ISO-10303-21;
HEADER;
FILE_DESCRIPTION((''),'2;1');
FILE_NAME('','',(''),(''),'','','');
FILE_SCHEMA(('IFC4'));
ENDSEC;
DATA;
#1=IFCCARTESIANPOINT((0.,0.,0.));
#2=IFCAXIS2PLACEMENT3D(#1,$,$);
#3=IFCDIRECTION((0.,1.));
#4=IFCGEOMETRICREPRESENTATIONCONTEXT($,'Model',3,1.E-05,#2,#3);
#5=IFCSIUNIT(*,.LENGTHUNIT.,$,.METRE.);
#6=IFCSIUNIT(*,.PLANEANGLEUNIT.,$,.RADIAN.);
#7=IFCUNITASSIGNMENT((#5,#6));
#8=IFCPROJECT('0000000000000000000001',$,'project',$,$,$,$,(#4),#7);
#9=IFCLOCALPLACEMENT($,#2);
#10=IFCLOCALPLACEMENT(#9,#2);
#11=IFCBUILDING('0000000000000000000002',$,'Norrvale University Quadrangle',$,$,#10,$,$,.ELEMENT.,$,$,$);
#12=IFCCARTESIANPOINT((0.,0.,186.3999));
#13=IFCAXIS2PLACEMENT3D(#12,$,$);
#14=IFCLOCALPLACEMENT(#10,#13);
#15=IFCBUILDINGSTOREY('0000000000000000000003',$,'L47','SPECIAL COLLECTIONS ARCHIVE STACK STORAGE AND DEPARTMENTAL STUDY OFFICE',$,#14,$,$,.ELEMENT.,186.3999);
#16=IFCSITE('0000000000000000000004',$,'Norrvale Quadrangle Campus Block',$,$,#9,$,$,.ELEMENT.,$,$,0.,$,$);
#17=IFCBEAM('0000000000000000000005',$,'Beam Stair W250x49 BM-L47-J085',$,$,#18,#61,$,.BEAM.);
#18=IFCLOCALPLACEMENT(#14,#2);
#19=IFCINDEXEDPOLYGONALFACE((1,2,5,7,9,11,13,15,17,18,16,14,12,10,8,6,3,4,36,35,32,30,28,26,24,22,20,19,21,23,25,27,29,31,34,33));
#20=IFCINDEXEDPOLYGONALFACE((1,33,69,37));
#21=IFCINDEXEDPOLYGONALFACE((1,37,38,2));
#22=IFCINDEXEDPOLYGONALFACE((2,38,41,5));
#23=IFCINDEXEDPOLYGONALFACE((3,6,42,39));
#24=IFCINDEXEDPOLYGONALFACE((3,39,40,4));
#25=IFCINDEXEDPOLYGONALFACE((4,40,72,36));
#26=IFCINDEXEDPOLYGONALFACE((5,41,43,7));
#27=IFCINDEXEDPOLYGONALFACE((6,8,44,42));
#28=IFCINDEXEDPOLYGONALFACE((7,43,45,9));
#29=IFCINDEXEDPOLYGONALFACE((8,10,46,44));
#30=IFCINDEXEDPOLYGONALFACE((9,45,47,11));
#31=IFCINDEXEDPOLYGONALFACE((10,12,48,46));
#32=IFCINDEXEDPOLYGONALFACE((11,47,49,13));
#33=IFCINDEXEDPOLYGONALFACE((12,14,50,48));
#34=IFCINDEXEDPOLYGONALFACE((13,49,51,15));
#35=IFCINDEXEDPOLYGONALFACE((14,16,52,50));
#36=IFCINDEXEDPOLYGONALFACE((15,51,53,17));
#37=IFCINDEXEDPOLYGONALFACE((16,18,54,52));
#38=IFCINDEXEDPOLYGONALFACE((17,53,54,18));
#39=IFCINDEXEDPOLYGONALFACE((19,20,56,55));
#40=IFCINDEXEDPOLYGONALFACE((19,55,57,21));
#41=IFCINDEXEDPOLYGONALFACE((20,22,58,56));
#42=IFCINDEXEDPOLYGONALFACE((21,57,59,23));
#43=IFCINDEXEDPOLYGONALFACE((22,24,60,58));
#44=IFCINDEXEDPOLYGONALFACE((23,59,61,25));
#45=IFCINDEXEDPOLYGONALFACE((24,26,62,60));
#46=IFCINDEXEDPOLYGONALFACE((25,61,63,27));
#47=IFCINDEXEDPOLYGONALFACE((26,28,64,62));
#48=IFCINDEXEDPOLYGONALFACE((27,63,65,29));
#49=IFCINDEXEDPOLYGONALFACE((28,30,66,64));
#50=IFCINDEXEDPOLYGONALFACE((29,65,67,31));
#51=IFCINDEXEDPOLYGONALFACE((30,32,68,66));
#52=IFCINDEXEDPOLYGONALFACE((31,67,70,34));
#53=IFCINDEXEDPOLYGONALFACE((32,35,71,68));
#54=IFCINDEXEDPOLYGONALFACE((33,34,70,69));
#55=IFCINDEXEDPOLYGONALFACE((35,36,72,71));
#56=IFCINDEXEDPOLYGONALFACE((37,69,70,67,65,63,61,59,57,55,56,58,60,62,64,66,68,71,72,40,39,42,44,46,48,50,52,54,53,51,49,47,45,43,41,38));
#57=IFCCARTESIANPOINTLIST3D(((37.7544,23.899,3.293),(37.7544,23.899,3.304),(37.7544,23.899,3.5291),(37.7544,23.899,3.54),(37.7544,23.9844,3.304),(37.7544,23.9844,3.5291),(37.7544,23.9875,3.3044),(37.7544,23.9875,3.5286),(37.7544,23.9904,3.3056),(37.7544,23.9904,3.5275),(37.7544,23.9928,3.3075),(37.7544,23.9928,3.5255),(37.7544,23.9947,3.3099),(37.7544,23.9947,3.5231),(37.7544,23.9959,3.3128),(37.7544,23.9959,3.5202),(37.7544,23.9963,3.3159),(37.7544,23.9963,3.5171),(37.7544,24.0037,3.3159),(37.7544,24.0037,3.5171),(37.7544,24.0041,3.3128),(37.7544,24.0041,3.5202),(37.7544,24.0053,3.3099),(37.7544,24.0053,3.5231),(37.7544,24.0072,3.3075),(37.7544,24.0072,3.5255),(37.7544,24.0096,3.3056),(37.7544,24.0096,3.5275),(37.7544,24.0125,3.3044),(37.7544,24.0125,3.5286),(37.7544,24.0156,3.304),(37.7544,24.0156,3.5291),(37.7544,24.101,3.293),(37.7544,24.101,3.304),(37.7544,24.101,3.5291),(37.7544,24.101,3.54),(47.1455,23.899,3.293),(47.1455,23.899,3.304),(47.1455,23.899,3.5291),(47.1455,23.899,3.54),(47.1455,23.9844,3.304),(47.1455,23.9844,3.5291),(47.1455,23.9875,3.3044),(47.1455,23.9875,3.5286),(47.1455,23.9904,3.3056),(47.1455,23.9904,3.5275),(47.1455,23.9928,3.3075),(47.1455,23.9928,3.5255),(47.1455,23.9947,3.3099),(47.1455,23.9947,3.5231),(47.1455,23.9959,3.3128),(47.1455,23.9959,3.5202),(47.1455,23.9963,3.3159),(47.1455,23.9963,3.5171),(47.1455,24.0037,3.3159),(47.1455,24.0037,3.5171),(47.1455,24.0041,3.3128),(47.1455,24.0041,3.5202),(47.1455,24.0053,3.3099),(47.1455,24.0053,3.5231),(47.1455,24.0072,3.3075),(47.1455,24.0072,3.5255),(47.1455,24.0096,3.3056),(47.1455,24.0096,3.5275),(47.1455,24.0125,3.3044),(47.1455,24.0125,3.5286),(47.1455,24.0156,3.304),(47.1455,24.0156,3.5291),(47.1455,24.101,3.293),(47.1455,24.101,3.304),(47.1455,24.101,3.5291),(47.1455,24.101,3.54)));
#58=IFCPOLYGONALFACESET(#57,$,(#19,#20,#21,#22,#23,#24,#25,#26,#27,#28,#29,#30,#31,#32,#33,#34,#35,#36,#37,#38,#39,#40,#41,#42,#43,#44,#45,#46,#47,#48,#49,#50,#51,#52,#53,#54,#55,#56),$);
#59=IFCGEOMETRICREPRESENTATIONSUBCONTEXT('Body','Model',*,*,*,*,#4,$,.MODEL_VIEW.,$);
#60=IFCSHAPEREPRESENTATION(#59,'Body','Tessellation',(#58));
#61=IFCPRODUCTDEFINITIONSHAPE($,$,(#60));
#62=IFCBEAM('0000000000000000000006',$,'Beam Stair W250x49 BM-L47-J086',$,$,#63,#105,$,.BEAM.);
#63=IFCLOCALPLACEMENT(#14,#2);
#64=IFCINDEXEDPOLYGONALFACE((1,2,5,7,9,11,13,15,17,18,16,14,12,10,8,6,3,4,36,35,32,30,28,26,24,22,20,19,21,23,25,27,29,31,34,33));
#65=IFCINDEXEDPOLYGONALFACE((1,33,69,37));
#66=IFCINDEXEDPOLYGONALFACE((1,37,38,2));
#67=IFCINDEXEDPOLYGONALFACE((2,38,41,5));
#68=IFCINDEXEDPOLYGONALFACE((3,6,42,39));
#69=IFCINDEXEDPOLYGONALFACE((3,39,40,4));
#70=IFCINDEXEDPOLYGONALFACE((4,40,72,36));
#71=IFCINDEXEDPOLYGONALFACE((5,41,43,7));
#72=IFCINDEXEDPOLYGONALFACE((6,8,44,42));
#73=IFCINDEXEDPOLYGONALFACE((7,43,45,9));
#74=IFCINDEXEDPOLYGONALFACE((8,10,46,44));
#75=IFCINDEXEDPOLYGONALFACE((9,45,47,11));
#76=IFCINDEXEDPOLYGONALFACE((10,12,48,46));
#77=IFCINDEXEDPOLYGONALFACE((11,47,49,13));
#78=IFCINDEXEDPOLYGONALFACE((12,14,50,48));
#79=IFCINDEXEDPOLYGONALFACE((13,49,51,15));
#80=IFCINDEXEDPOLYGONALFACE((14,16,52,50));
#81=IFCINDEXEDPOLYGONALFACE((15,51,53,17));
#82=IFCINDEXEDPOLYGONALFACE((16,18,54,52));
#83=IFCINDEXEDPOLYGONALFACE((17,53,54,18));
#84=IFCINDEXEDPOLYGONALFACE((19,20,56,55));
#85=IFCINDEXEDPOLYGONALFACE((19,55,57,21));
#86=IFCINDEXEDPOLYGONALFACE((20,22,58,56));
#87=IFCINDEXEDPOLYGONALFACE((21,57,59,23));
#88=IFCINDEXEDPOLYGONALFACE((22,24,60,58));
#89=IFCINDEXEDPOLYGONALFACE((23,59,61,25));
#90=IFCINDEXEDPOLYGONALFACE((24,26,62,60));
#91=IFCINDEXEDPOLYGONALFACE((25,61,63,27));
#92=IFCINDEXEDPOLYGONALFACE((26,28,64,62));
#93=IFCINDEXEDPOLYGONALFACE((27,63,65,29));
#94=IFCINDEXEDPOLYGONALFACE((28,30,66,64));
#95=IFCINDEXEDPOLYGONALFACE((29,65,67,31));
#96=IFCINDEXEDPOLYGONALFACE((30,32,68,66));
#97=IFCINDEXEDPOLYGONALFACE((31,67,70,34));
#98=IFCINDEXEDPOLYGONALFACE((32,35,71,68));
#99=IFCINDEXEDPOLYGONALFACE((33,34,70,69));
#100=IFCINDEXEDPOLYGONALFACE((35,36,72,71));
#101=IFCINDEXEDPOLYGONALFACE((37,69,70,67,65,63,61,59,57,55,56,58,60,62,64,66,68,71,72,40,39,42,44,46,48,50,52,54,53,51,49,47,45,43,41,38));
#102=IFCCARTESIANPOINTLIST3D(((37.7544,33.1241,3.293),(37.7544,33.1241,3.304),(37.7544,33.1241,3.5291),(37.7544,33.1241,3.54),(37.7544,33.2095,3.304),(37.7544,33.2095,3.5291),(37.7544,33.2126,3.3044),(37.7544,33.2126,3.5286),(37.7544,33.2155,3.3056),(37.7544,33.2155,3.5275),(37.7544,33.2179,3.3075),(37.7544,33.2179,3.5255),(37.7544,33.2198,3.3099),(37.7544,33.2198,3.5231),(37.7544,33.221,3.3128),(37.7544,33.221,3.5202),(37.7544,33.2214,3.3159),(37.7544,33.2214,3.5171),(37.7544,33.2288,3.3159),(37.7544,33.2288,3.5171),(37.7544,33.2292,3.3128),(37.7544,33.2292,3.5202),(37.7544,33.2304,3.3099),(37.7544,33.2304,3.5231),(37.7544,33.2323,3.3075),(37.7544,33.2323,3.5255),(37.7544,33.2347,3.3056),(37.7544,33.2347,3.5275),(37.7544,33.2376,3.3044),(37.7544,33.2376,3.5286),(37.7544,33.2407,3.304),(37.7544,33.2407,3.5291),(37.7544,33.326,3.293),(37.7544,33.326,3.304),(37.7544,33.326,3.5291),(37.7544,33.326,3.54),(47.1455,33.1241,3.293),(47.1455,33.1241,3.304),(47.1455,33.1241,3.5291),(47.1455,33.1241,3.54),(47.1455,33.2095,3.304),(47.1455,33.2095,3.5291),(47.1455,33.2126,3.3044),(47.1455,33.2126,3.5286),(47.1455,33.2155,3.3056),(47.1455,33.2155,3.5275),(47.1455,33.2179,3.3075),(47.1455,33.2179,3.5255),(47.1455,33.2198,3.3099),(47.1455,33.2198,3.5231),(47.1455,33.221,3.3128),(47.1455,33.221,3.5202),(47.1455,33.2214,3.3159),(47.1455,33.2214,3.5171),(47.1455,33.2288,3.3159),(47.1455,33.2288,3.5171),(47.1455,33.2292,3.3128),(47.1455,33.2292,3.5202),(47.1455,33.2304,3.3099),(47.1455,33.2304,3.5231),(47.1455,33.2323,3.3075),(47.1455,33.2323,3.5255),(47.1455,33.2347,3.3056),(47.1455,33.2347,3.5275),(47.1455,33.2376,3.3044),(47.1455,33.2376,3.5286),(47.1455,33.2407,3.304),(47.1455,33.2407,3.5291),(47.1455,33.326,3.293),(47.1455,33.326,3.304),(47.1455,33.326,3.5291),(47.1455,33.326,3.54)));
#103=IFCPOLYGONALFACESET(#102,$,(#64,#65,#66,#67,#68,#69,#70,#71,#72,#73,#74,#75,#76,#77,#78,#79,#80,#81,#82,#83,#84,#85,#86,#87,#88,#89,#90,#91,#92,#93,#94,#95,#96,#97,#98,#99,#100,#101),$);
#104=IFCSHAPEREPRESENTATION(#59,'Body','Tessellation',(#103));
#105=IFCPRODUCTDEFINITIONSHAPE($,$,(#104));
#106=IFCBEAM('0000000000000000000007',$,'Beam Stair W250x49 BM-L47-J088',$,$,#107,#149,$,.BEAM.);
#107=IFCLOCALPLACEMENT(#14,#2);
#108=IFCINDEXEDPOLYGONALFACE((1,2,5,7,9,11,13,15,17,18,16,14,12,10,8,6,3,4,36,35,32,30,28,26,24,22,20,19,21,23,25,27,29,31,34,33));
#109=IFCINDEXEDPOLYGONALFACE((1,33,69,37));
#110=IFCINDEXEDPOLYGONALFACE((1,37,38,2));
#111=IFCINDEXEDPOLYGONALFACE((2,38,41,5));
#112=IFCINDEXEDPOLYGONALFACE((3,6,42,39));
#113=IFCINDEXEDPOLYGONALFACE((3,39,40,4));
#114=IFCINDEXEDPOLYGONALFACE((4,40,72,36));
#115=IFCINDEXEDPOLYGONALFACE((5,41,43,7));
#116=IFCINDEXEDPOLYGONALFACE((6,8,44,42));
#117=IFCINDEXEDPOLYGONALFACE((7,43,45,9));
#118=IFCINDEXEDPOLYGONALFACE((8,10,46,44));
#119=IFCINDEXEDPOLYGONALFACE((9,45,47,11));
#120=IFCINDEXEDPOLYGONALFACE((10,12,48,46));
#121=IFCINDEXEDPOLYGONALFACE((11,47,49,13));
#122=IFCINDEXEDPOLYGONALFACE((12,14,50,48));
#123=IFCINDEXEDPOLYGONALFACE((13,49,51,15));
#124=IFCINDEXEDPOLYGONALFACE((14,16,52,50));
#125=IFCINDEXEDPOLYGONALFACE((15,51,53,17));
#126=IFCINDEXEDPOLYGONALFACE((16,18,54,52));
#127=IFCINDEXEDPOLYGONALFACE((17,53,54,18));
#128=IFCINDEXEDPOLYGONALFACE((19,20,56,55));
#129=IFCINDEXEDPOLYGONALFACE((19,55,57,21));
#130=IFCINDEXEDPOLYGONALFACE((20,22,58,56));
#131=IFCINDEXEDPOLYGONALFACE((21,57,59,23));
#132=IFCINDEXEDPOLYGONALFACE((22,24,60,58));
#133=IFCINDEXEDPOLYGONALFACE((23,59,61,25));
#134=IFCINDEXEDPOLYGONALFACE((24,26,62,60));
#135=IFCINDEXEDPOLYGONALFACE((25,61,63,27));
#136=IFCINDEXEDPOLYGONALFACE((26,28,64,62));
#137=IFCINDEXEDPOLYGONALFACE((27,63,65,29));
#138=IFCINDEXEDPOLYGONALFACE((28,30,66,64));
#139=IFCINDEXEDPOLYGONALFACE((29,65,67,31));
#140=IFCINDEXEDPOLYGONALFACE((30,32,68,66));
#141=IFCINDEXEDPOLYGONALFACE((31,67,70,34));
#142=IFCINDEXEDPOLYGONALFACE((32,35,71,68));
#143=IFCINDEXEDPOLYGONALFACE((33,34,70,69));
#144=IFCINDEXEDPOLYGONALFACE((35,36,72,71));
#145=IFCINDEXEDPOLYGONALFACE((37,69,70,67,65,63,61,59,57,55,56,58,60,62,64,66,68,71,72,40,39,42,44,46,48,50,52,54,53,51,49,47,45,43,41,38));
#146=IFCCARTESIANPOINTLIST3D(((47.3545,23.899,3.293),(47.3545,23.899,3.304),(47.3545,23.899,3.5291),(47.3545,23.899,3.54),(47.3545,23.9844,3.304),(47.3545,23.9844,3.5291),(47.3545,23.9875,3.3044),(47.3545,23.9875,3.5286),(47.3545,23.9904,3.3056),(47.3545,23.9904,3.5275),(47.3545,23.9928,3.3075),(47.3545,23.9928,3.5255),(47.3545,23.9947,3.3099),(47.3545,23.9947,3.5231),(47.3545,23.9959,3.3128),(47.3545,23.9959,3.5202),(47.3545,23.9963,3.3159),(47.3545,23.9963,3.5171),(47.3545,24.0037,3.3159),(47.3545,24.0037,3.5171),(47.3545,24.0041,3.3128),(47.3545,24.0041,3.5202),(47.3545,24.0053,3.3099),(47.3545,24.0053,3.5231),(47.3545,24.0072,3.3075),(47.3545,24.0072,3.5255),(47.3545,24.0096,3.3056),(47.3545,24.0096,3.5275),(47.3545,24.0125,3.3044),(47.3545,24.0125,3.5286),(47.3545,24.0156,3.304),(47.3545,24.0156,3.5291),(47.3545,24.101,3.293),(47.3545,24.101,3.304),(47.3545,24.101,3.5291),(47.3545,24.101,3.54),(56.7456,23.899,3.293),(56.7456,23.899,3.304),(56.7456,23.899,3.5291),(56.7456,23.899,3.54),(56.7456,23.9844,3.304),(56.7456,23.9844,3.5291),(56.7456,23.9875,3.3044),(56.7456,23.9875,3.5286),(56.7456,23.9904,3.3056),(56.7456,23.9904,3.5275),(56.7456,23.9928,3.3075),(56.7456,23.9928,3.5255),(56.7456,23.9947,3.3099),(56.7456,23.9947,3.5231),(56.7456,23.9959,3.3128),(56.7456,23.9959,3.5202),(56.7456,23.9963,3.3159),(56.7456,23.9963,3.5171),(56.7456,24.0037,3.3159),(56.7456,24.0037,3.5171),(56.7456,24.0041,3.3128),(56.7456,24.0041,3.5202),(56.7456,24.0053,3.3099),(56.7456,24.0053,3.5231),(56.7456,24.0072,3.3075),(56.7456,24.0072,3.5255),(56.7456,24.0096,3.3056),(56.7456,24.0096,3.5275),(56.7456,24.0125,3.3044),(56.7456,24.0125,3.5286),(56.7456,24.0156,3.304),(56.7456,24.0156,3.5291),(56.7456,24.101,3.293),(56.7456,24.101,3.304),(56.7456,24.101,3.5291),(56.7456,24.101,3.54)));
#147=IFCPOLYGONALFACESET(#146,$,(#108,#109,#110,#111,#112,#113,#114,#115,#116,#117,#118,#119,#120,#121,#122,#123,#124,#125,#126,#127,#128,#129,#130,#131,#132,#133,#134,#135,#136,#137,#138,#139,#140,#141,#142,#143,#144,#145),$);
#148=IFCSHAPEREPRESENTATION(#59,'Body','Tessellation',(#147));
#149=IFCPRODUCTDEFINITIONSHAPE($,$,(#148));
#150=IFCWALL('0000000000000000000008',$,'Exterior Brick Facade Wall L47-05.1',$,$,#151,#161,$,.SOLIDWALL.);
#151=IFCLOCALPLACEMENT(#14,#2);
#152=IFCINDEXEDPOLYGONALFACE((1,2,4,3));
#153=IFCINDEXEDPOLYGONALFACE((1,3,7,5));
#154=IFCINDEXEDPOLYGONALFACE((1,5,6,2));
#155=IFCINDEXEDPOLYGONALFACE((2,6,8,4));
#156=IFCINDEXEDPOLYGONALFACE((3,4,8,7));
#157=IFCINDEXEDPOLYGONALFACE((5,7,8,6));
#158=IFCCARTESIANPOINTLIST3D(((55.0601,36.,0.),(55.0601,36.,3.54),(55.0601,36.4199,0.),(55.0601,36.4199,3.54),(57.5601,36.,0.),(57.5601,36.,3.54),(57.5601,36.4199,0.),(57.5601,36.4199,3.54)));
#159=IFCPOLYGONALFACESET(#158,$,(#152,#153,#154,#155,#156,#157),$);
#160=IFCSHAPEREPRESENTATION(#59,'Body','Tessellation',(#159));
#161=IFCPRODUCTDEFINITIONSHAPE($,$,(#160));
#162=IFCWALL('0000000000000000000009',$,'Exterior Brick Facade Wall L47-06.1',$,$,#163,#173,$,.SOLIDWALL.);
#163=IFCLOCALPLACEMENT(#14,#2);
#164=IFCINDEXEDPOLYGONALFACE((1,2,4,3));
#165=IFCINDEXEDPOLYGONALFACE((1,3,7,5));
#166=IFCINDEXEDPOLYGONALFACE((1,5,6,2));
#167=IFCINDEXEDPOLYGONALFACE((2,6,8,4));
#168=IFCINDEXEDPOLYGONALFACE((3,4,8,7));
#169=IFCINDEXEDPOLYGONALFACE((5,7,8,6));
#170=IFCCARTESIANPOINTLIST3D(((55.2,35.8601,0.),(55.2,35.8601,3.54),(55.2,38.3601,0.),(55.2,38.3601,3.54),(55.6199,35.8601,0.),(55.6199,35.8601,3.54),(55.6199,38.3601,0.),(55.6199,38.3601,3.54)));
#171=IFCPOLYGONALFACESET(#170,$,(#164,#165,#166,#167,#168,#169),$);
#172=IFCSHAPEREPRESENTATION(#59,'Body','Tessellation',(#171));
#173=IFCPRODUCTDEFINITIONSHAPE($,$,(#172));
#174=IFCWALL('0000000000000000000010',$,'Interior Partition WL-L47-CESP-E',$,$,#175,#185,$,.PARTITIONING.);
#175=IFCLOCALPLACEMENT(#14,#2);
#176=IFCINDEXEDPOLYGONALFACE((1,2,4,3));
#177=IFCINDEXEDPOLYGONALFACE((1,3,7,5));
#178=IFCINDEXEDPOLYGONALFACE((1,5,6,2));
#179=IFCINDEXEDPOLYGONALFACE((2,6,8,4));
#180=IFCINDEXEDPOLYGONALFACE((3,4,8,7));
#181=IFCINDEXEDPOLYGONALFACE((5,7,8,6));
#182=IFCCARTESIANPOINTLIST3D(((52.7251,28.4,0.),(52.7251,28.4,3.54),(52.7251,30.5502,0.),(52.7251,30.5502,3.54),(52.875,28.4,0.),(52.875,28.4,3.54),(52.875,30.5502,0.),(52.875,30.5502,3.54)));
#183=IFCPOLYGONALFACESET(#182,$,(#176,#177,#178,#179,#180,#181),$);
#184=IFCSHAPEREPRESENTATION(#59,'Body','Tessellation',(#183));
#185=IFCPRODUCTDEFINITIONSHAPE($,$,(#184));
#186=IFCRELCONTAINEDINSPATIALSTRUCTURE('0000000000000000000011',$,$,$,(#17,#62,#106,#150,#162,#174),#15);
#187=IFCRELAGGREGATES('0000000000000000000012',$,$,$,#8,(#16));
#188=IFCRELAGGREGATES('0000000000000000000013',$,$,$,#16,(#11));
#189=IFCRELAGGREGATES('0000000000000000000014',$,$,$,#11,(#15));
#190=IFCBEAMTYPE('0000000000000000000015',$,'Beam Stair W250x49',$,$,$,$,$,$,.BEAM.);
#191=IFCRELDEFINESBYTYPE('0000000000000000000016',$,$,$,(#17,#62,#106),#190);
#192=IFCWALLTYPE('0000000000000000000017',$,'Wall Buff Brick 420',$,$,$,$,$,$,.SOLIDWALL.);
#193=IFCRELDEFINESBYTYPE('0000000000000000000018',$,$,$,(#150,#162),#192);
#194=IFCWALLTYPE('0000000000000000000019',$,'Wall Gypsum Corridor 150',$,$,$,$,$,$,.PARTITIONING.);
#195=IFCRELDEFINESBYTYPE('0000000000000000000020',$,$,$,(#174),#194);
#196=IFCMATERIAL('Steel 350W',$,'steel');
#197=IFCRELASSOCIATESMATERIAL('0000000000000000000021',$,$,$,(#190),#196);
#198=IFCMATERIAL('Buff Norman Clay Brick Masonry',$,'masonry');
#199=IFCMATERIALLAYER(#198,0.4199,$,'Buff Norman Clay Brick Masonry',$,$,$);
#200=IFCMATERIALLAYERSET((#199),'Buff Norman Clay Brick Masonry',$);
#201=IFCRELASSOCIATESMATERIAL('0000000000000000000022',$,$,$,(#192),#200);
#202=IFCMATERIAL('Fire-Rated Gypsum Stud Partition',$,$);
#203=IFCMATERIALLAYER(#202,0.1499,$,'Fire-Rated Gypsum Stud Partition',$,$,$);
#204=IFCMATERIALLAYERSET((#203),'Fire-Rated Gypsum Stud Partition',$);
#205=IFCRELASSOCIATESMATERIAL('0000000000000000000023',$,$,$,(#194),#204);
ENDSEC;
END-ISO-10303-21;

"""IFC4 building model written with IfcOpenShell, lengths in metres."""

from ifc_helpers import new_model, si_unit, direction, frame, frame_2d, origin, origin_2d, place, context, subcontext, project, spatial, rectangle, i_section, extrude, material, layer, layer_set, material_profile, profile_set, type_object, element, save


model = new_model("IFC4")

# Units and contexts
model_context = context("Model", 3, precision=1e-05, world=origin(), true_north=direction((0.0, 1.0)))
body_context = subcontext(model_context, "Body", "Model", "MODEL_VIEW")
ifc_project = project(units=[si_unit("LENGTHUNIT", "METRE"), si_unit("PLANEANGLEUNIT", "RADIAN")], contexts=[model_context])

# Site, building, storey
site_placement = place(None, origin())
site = spatial("IfcSite", under=ifc_project, at=site_placement, Name="Norrvale Quadrangle Campus Block", CompositionType="ELEMENT", RefElevation=0.0)
building_placement = place(site_placement, origin())
building = spatial("IfcBuilding", under=site, at=building_placement, Name="Norrvale University Quadrangle", CompositionType="ELEMENT")
storey_placement = place(building_placement, frame((0.0, 0.0, 186.3999)))
storey = spatial("IfcBuildingStorey", under=building, at=storey_placement, Name="L47", Description="SPECIAL COLLECTIONS ARCHIVE STACK STORAGE AND DEPARTMENTAL STUDY OFFICE", CompositionType="ELEMENT", Elevation=186.3999)

# Beams
ifc_material_1 = material(Name="Steel 350W", Category="steel")
ifc_material_profile_1 = material_profile(ifc_material_1, i_section(OverallWidth=0.2019, OverallDepth=0.2471, WebThickness=0.0073, FlangeThickness=0.011, FilletRadius=0.012, at=origin_2d()), Name="Steel 350W")
ifc_profile_set_1 = profile_set([ifc_material_profile_1], Name="Steel 350W")
beam_type_1 = type_object("IfcBeamType", Name="Beam Stair W250x49", PredefinedType="BEAM", material=ifc_profile_set_1)
for number, where, z_axis, x_axis, name in (
    (1, (37.7544, 24.0, 3.4165), (1.0, 0.0, 0.0), (0.0, 1.0, 0.0), "Beam Stair W250x49 BM-L47-J085"),
    (2, (37.7544, 33.2251, 3.4165), (1.0, 0.0, 0.0), (0.0, 1.0, 0.0), "Beam Stair W250x49 BM-L47-J086"),
    (3, (47.3545, 24.0, 3.4165), (1.0, 0.0, 0.0), (0.0, 1.0, 0.0), "Beam Stair W250x49 BM-L47-J088"),
):
    element("IfcBeam", number, at=place(storey_placement, frame(where, z_axis=z_axis, x_axis=x_axis)), inside=storey, type_object=beam_type_1, Name=name, PredefinedType="BEAM", context=body_context, shape_type="SweptSolid", body=[
        extrude(i_section(OverallWidth=0.2019, OverallDepth=0.2471, WebThickness=0.0073, FlangeThickness=0.011, FilletRadius=0.012, at=origin_2d()), origin(), (0.0, 0.0, 1.0), 9.3911),
    ])

# Walls
ifc_material_2 = material(Name="Buff Norman Clay Brick Masonry", Category="masonry")
ifc_layer_1 = layer(ifc_material_2, 0.4199, Name="Buff Norman Clay Brick Masonry")
ifc_layer_set_1 = layer_set([ifc_layer_1], Name="Buff Norman Clay Brick Masonry")
wall_type_1 = type_object("IfcWallType", Name="Wall Buff Brick 420", PredefinedType="SOLIDWALL", material=ifc_layer_set_1)
for number, where, z_axis, x_axis, name in (
    (4, (57.5601, 36.21, 0.0), (0.0, 0.0, 1.0), (-1.0, 0.0, 0.0), "Exterior Brick Facade Wall L47-05.1"),
    (5, (55.4099, 35.8601, 0.0), (0.0, 0.0, 1.0), (0.0, 1.0, 0.0), "Exterior Brick Facade Wall L47-06.1"),
):
    element("IfcWall", number, at=place(storey_placement, frame(where, z_axis=z_axis, x_axis=x_axis)), inside=storey, type_object=wall_type_1, Name=name, PredefinedType="SOLIDWALL", context=body_context, shape_type="SweptSolid", body=[
        extrude(rectangle(XDim=2.5, YDim=0.4199, at=frame_2d((1.25, 0.0))), origin(), (0.0, 0.0, 1.0), 3.54),
    ])
ifc_material_3 = material(Name="Fire-Rated Gypsum Stud Partition")
ifc_layer_2 = layer(ifc_material_3, 0.1499, Name="Fire-Rated Gypsum Stud Partition")
ifc_layer_set_2 = layer_set([ifc_layer_2], Name="Fire-Rated Gypsum Stud Partition")
wall_type_2 = type_object("IfcWallType", Name="Wall Gypsum Corridor 150", PredefinedType="PARTITIONING", material=ifc_layer_set_2)
wall_1_placement = place(storey_placement, frame((52.8, 28.3999, 0.0), z_axis=(0.0, 0.0, 1.0), x_axis=(0.0, 1.0, 0.0)))
element("IfcWall", 6, at=wall_1_placement, inside=storey, type_object=wall_type_2, Name="Interior Partition WL-L47-CESP-E", PredefinedType="PARTITIONING", context=body_context, shape_type="SweptSolid", body=[
    extrude(rectangle(XDim=2.1501, YDim=0.1499, at=frame_2d((1.0752, 0.0))), origin(), (0.0, 0.0, 1.0), 3.54),
])

save(model, "model.ifc")
